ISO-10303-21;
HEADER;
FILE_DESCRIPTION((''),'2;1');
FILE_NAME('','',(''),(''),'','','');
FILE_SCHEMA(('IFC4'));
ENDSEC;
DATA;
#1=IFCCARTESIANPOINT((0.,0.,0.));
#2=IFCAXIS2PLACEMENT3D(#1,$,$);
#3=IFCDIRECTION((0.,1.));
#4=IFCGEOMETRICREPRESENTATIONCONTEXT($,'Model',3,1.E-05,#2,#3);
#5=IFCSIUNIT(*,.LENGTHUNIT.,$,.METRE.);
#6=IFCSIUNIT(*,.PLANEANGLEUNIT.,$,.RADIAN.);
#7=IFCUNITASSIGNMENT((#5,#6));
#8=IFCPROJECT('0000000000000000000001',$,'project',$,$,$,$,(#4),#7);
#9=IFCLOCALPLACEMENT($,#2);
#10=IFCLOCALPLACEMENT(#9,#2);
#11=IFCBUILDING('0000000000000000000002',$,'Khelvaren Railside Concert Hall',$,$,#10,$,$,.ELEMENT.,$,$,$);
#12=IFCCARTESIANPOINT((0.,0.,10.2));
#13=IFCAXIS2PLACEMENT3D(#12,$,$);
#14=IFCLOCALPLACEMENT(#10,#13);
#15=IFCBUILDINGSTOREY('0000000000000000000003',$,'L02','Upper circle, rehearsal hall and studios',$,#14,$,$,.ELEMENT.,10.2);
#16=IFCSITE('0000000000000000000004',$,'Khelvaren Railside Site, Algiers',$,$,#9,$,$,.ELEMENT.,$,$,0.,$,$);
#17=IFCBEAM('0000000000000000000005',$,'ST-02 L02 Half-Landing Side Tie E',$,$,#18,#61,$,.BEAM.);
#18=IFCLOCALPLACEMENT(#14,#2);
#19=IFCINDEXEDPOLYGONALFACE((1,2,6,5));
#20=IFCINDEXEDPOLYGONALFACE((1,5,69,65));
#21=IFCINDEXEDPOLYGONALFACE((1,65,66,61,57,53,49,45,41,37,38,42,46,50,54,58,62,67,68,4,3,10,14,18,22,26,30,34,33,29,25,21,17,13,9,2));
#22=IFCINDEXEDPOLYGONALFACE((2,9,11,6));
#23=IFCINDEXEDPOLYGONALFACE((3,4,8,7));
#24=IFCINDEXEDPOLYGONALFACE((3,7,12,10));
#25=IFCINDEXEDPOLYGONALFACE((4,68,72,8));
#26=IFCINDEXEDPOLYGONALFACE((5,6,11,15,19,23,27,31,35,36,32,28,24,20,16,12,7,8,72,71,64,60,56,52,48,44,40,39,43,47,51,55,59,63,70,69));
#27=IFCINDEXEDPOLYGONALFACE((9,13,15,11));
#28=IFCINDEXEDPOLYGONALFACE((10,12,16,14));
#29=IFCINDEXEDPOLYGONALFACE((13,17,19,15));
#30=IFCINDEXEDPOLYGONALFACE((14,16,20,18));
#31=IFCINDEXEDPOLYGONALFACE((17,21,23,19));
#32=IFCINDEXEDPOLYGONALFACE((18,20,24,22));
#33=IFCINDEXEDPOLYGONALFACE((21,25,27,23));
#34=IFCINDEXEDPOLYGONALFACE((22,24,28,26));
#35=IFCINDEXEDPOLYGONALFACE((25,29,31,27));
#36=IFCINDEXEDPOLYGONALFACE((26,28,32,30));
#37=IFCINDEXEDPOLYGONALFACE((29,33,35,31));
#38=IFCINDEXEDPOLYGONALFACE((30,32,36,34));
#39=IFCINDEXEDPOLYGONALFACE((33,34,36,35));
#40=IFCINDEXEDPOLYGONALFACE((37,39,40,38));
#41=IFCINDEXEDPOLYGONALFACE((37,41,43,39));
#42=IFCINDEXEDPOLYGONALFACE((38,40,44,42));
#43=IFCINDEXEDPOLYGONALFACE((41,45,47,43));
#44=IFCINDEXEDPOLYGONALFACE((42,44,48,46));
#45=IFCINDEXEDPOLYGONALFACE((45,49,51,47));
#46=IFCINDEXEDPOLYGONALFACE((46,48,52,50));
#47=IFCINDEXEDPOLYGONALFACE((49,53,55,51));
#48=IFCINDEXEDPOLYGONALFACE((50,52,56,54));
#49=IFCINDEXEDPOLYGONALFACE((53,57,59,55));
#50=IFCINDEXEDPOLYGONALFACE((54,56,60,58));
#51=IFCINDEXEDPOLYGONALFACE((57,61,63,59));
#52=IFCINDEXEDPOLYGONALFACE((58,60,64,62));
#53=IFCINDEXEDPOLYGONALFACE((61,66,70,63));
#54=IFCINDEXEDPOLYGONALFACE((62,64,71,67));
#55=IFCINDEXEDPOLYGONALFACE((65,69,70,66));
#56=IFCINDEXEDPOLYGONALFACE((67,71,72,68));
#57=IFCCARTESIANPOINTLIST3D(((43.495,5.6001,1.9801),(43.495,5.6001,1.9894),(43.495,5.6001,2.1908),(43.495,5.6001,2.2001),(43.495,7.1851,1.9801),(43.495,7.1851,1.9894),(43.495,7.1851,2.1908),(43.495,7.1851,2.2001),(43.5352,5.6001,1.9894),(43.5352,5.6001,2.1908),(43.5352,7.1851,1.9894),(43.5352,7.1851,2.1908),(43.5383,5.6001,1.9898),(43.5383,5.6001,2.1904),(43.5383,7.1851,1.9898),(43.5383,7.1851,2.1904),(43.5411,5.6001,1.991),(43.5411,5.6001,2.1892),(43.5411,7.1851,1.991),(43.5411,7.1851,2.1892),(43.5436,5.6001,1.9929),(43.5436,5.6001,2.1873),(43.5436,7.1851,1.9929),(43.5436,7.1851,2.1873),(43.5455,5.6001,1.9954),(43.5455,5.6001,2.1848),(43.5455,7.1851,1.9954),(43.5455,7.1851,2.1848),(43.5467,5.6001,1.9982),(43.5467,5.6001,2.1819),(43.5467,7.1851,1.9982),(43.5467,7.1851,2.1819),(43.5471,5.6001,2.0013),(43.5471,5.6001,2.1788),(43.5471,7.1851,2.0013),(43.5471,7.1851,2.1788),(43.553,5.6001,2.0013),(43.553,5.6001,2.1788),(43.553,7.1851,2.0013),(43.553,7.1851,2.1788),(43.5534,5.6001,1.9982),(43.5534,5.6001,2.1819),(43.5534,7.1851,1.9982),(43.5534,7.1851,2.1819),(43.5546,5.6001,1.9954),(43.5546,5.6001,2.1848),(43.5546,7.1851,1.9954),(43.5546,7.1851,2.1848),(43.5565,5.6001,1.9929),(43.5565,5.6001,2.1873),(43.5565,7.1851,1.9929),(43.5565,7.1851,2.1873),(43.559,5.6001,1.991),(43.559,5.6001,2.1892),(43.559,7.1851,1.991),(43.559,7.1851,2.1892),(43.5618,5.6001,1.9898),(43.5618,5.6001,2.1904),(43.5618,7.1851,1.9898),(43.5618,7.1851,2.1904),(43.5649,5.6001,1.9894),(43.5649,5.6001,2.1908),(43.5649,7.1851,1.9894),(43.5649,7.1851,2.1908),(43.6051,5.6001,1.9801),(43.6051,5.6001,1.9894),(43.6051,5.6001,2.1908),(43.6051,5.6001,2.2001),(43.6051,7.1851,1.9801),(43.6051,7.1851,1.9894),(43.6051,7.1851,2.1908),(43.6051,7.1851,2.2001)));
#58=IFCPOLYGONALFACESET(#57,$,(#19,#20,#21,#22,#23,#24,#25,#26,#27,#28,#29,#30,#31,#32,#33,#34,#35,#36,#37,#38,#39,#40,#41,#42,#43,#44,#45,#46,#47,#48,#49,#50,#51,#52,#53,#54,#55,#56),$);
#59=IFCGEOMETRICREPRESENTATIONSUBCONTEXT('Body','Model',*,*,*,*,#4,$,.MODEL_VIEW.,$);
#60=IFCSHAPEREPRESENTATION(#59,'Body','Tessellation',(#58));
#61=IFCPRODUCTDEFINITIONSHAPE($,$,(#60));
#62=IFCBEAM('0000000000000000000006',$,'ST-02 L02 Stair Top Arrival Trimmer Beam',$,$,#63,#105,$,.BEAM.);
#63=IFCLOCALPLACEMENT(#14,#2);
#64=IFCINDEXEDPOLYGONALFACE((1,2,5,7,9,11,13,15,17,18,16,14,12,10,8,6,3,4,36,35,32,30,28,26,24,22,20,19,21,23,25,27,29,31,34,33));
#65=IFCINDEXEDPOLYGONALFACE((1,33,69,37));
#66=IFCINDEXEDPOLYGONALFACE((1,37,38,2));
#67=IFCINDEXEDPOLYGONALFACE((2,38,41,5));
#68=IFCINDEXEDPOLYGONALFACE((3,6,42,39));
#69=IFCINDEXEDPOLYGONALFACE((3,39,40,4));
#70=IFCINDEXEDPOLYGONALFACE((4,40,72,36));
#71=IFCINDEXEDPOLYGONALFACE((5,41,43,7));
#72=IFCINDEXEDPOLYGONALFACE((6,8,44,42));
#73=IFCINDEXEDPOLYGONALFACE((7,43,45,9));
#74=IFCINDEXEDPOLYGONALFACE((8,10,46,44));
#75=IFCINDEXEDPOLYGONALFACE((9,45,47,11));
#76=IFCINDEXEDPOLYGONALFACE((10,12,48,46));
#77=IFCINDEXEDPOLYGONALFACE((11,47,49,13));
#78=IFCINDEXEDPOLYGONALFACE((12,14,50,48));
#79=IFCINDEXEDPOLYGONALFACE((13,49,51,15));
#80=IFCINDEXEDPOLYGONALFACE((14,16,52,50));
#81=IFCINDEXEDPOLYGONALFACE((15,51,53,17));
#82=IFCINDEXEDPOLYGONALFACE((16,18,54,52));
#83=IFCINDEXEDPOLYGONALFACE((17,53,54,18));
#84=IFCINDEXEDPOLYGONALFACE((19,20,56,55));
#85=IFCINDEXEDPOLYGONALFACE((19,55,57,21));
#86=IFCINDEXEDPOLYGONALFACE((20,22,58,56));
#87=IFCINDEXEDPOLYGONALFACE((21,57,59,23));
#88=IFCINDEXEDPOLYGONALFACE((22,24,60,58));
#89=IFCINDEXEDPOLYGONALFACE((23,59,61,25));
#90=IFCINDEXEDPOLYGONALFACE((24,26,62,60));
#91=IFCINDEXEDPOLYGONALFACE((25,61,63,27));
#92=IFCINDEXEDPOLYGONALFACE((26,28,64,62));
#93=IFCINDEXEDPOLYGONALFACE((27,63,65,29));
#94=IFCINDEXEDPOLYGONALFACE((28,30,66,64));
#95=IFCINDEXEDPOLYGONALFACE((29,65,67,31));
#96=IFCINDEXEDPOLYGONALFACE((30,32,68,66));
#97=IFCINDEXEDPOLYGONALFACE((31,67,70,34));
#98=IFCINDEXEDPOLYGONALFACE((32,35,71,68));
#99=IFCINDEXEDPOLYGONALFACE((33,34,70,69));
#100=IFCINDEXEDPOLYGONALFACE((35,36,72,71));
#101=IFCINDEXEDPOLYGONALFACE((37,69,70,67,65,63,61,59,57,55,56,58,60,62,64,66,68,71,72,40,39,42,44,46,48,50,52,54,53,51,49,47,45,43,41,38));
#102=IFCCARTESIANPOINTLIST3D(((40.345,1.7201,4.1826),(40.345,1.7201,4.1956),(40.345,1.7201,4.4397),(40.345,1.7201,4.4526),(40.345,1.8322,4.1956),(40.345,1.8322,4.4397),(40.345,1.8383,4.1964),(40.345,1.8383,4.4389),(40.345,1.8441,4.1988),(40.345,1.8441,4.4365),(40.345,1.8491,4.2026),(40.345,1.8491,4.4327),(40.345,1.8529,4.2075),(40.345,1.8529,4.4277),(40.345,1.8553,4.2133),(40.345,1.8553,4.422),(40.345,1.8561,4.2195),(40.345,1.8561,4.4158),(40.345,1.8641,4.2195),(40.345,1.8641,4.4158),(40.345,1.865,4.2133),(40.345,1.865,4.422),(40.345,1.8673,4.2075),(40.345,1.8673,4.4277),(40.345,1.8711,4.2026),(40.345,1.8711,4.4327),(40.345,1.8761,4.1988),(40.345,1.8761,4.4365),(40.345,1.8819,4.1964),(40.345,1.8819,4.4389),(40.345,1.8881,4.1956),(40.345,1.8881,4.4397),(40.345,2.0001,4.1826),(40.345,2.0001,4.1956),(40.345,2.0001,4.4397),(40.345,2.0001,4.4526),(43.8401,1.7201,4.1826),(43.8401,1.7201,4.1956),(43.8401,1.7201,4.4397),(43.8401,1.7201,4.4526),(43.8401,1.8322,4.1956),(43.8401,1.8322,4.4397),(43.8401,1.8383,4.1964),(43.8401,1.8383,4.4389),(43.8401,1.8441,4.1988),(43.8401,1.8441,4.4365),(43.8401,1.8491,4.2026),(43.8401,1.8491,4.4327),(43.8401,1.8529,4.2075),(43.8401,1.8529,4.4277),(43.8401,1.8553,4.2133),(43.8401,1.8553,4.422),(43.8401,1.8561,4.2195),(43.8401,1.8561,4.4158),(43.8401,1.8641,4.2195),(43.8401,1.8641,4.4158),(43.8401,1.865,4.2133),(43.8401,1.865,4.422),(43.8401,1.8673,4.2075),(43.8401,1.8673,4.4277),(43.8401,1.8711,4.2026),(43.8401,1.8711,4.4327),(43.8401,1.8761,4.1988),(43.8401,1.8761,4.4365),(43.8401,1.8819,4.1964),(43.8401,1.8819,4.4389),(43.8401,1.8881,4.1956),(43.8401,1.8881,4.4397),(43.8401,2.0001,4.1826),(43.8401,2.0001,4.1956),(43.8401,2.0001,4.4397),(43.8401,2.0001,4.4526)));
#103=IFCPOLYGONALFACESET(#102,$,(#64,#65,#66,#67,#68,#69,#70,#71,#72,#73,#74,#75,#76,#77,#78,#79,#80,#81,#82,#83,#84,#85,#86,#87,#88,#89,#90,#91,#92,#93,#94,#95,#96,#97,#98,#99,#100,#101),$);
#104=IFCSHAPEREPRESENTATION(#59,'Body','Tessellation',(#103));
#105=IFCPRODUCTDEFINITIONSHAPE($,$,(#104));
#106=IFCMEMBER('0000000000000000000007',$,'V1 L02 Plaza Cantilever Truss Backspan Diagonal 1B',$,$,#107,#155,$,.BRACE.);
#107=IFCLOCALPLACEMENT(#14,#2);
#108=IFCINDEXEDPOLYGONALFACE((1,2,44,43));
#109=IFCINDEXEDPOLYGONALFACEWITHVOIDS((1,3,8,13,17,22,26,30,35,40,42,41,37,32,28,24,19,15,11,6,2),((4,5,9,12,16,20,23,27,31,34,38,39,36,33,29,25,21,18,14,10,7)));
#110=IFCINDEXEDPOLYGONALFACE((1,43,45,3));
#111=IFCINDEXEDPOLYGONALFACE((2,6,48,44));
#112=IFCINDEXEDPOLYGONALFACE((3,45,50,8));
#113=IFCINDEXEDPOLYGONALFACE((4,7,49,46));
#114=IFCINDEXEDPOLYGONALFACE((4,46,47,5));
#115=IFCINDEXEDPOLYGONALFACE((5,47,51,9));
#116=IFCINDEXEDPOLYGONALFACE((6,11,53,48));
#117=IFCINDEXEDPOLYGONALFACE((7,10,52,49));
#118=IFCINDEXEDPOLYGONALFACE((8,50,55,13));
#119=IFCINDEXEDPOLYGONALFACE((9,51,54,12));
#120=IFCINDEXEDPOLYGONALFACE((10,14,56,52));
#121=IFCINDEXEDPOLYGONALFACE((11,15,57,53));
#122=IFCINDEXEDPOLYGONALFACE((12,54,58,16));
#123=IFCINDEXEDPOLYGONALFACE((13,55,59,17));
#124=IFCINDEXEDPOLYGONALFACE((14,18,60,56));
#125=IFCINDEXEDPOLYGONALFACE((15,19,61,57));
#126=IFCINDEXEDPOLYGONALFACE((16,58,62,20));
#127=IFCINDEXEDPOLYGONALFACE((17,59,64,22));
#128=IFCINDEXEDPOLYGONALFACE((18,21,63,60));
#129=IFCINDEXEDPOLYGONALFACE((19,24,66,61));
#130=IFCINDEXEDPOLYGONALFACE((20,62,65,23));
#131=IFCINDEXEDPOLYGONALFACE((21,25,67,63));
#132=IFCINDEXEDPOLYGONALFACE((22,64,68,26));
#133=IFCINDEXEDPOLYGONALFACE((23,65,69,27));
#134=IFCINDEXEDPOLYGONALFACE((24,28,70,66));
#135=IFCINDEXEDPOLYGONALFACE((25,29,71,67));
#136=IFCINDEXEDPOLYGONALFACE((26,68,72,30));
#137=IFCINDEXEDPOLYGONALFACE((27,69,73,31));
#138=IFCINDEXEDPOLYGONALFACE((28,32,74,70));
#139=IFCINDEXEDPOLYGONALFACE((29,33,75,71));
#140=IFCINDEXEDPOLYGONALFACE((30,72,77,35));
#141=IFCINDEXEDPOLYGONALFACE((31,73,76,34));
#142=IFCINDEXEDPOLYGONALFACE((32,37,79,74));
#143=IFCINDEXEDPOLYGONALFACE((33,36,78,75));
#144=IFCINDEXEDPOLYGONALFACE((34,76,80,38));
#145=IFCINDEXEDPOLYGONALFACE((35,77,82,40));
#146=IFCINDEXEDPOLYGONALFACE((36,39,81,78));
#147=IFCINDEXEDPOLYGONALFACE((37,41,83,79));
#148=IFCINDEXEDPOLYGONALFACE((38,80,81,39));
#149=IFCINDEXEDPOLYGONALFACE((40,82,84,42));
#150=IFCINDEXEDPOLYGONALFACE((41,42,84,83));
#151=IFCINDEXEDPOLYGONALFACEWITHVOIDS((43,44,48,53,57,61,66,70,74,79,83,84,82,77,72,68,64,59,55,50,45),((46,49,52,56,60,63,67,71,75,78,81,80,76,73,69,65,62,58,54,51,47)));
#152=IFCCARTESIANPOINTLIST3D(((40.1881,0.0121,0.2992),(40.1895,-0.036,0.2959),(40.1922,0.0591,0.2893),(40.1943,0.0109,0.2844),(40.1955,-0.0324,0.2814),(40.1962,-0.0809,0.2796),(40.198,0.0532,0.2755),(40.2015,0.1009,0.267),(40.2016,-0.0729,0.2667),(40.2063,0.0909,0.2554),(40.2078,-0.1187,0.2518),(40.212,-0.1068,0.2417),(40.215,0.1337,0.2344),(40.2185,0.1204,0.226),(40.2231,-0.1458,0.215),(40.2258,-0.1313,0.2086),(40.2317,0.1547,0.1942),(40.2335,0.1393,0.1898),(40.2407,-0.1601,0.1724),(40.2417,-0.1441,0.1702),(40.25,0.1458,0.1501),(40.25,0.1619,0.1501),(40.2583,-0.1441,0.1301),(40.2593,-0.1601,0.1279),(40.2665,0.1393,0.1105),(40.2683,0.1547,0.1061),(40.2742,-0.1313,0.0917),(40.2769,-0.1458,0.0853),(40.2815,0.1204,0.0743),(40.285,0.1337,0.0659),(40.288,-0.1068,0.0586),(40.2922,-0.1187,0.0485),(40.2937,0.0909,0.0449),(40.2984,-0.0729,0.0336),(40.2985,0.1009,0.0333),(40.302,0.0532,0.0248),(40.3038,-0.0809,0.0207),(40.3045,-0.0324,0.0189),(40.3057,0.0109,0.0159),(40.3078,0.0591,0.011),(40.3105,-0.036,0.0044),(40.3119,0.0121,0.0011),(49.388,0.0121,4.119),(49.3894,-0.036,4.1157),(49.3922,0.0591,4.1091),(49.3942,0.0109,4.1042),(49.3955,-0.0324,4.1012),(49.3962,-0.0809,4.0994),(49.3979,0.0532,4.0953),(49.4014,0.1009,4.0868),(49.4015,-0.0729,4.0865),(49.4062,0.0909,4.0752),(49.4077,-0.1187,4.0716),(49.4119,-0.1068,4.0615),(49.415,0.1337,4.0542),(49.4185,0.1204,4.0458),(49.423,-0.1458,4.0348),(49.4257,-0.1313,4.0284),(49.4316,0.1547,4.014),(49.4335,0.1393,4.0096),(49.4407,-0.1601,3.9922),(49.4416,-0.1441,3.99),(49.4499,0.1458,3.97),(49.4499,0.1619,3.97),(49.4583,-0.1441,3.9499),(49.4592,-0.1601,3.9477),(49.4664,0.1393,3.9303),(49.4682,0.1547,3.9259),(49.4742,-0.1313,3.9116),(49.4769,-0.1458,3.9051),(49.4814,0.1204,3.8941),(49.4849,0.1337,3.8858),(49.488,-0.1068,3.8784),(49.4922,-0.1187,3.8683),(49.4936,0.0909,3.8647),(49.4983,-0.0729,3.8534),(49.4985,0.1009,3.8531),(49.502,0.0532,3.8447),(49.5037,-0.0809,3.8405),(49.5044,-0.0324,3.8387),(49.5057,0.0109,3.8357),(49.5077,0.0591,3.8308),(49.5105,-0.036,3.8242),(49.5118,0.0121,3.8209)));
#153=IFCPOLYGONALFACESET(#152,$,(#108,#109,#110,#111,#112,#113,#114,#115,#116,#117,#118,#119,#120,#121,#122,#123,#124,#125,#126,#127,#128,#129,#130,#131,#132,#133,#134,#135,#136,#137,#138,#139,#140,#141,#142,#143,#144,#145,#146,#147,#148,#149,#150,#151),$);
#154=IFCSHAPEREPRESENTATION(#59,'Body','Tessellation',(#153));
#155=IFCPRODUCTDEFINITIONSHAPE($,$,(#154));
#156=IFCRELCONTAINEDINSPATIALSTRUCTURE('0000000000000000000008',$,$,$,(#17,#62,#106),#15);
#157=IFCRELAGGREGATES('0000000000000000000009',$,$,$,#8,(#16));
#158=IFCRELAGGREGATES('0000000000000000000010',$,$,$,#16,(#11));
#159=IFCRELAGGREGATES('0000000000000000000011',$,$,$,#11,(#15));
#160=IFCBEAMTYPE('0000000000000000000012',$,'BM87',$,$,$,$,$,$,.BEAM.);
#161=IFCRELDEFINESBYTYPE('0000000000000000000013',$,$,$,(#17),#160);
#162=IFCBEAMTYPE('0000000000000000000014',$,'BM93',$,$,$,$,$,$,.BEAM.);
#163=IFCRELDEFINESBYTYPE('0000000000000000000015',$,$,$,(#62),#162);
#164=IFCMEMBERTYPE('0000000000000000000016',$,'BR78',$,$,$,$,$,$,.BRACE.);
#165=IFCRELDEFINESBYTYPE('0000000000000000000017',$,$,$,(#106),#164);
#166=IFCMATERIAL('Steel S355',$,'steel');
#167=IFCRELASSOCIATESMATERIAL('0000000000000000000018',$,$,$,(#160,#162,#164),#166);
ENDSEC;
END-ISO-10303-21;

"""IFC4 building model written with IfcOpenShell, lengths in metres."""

from ifc_helpers import new_model, si_unit, direction, frame, origin, origin_2d, place, context, subcontext, project, spatial, hollow_circle, i_section, extrude, material, material_profile, profile_set, type_object, element, save


model = new_model("IFC4")

# Units and contexts
model_context = context("Model", 3, precision=1e-05, world=origin(), true_north=direction((0.0, 1.0)))
body_context = subcontext(model_context, "Body", "Model", "MODEL_VIEW")
ifc_project = project(units=[si_unit("LENGTHUNIT", "METRE"), si_unit("PLANEANGLEUNIT", "RADIAN")], contexts=[model_context])

# Site, building, storey
site_placement = place(None, origin())
site = spatial("IfcSite", under=ifc_project, at=site_placement, Name="Khelvaren Railside Site, Algiers", CompositionType="ELEMENT", RefElevation=0.0)
building_placement = place(site_placement, origin())
building = spatial("IfcBuilding", under=site, at=building_placement, Name="Khelvaren Railside Concert Hall", CompositionType="ELEMENT")
storey_placement = place(building_placement, frame((0.0, 0.0, 10.2)))
storey = spatial("IfcBuildingStorey", under=building, at=storey_placement, Name="L02", Description="Upper circle, rehearsal hall and studios", CompositionType="ELEMENT", Elevation=10.2)

# Beams
ifc_material_1 = material(Name="Steel S355", Category="steel")
ifc_material_profile_1 = material_profile(ifc_material_1, i_section(OverallWidth=0.1101, OverallDepth=0.22, WebThickness=0.0059, FlangeThickness=0.0093, FilletRadius=0.012, at=origin_2d()), Name="IPE 220")
ifc_profile_set_1 = profile_set([ifc_material_profile_1], Name="Steel S355")
beam_type_1 = type_object("IfcBeamType", Name="BM87", PredefinedType="BEAM", material=ifc_profile_set_1)
for number, where, z_axis, x_axis, name in (
    (1, (43.55, 5.6001, 2.0901), (0.0, 1.0, 0.0), (-1.0, 0.0, 0.0), "ST-02 L02 Half-Landing Side Tie E"),
):
    element("IfcBeam", number, at=place(storey_placement, frame(where, z_axis=z_axis, x_axis=x_axis)), inside=storey, type_object=beam_type_1, Name=name, PredefinedType="BEAM", context=body_context, shape_type="SweptSolid", body=[
        extrude(i_section(OverallWidth=0.1101, OverallDepth=0.22, WebThickness=0.0059, FlangeThickness=0.0093, FilletRadius=0.012, at=origin_2d()), origin(), (0.0, 0.0, 1.0), 1.585),
    ])
ifc_material_profile_2 = material_profile(ifc_material_1, i_section(OverallWidth=0.28, OverallDepth=0.27, WebThickness=0.0081, FlangeThickness=0.0129, FilletRadius=0.0239, at=origin_2d()), Name="HEA 280")
ifc_profile_set_2 = profile_set([ifc_material_profile_2], Name="Steel S355")
beam_type_2 = type_object("IfcBeamType", Name="BM93", PredefinedType="BEAM", material=ifc_profile_set_2)
beam_1_placement = place(storey_placement, frame((40.345, 1.8601, 4.3176), z_axis=(1.0, 0.0, 0.0), x_axis=(0.0, 1.0, 0.0)))
element("IfcBeam", 2, at=beam_1_placement, inside=storey, type_object=beam_type_2, Name="ST-02 L02 Stair Top Arrival Trimmer Beam", PredefinedType="BEAM", context=body_context, shape_type="SweptSolid", body=[
    extrude(i_section(OverallWidth=0.28, OverallDepth=0.27, WebThickness=0.0081, FlangeThickness=0.0129, FilletRadius=0.0239, at=origin_2d()), origin(), (0.0, 0.0, 1.0), 3.4951),
])

# Member
ifc_material_profile_3 = material_profile(ifc_material_1, hollow_circle(Radius=0.1619, WallThickness=0.0161, at=origin_2d()), Name="CHS 323.9x16")
ifc_profile_set_3 = profile_set([ifc_material_profile_3], Name="Steel S355")
member_type = type_object("IfcMemberType", Name="BR78", PredefinedType="BRACE", material=ifc_profile_set_3)
for number, where, z_axis, x_axis, name in (
    (3, (40.25, 0.0, 0.1501), (0.923557, 0.0, 0.383461), (0.0, 1.0, 0.0), "V1 L02 Plaza Cantilever Truss Backspan Diagonal 1B"),
):
    element("IfcMember", number, at=place(storey_placement, frame(where, z_axis=z_axis, x_axis=x_axis)), inside=storey, type_object=member_type, Name=name, PredefinedType="BRACE", context=body_context, shape_type="SweptSolid", body=[
        extrude(hollow_circle(Radius=0.1619, WallThickness=0.0161, at=origin_2d()), origin(), (0.0, 0.0, 1.0), 9.9614),
    ])

save(model, "model.ifc")
